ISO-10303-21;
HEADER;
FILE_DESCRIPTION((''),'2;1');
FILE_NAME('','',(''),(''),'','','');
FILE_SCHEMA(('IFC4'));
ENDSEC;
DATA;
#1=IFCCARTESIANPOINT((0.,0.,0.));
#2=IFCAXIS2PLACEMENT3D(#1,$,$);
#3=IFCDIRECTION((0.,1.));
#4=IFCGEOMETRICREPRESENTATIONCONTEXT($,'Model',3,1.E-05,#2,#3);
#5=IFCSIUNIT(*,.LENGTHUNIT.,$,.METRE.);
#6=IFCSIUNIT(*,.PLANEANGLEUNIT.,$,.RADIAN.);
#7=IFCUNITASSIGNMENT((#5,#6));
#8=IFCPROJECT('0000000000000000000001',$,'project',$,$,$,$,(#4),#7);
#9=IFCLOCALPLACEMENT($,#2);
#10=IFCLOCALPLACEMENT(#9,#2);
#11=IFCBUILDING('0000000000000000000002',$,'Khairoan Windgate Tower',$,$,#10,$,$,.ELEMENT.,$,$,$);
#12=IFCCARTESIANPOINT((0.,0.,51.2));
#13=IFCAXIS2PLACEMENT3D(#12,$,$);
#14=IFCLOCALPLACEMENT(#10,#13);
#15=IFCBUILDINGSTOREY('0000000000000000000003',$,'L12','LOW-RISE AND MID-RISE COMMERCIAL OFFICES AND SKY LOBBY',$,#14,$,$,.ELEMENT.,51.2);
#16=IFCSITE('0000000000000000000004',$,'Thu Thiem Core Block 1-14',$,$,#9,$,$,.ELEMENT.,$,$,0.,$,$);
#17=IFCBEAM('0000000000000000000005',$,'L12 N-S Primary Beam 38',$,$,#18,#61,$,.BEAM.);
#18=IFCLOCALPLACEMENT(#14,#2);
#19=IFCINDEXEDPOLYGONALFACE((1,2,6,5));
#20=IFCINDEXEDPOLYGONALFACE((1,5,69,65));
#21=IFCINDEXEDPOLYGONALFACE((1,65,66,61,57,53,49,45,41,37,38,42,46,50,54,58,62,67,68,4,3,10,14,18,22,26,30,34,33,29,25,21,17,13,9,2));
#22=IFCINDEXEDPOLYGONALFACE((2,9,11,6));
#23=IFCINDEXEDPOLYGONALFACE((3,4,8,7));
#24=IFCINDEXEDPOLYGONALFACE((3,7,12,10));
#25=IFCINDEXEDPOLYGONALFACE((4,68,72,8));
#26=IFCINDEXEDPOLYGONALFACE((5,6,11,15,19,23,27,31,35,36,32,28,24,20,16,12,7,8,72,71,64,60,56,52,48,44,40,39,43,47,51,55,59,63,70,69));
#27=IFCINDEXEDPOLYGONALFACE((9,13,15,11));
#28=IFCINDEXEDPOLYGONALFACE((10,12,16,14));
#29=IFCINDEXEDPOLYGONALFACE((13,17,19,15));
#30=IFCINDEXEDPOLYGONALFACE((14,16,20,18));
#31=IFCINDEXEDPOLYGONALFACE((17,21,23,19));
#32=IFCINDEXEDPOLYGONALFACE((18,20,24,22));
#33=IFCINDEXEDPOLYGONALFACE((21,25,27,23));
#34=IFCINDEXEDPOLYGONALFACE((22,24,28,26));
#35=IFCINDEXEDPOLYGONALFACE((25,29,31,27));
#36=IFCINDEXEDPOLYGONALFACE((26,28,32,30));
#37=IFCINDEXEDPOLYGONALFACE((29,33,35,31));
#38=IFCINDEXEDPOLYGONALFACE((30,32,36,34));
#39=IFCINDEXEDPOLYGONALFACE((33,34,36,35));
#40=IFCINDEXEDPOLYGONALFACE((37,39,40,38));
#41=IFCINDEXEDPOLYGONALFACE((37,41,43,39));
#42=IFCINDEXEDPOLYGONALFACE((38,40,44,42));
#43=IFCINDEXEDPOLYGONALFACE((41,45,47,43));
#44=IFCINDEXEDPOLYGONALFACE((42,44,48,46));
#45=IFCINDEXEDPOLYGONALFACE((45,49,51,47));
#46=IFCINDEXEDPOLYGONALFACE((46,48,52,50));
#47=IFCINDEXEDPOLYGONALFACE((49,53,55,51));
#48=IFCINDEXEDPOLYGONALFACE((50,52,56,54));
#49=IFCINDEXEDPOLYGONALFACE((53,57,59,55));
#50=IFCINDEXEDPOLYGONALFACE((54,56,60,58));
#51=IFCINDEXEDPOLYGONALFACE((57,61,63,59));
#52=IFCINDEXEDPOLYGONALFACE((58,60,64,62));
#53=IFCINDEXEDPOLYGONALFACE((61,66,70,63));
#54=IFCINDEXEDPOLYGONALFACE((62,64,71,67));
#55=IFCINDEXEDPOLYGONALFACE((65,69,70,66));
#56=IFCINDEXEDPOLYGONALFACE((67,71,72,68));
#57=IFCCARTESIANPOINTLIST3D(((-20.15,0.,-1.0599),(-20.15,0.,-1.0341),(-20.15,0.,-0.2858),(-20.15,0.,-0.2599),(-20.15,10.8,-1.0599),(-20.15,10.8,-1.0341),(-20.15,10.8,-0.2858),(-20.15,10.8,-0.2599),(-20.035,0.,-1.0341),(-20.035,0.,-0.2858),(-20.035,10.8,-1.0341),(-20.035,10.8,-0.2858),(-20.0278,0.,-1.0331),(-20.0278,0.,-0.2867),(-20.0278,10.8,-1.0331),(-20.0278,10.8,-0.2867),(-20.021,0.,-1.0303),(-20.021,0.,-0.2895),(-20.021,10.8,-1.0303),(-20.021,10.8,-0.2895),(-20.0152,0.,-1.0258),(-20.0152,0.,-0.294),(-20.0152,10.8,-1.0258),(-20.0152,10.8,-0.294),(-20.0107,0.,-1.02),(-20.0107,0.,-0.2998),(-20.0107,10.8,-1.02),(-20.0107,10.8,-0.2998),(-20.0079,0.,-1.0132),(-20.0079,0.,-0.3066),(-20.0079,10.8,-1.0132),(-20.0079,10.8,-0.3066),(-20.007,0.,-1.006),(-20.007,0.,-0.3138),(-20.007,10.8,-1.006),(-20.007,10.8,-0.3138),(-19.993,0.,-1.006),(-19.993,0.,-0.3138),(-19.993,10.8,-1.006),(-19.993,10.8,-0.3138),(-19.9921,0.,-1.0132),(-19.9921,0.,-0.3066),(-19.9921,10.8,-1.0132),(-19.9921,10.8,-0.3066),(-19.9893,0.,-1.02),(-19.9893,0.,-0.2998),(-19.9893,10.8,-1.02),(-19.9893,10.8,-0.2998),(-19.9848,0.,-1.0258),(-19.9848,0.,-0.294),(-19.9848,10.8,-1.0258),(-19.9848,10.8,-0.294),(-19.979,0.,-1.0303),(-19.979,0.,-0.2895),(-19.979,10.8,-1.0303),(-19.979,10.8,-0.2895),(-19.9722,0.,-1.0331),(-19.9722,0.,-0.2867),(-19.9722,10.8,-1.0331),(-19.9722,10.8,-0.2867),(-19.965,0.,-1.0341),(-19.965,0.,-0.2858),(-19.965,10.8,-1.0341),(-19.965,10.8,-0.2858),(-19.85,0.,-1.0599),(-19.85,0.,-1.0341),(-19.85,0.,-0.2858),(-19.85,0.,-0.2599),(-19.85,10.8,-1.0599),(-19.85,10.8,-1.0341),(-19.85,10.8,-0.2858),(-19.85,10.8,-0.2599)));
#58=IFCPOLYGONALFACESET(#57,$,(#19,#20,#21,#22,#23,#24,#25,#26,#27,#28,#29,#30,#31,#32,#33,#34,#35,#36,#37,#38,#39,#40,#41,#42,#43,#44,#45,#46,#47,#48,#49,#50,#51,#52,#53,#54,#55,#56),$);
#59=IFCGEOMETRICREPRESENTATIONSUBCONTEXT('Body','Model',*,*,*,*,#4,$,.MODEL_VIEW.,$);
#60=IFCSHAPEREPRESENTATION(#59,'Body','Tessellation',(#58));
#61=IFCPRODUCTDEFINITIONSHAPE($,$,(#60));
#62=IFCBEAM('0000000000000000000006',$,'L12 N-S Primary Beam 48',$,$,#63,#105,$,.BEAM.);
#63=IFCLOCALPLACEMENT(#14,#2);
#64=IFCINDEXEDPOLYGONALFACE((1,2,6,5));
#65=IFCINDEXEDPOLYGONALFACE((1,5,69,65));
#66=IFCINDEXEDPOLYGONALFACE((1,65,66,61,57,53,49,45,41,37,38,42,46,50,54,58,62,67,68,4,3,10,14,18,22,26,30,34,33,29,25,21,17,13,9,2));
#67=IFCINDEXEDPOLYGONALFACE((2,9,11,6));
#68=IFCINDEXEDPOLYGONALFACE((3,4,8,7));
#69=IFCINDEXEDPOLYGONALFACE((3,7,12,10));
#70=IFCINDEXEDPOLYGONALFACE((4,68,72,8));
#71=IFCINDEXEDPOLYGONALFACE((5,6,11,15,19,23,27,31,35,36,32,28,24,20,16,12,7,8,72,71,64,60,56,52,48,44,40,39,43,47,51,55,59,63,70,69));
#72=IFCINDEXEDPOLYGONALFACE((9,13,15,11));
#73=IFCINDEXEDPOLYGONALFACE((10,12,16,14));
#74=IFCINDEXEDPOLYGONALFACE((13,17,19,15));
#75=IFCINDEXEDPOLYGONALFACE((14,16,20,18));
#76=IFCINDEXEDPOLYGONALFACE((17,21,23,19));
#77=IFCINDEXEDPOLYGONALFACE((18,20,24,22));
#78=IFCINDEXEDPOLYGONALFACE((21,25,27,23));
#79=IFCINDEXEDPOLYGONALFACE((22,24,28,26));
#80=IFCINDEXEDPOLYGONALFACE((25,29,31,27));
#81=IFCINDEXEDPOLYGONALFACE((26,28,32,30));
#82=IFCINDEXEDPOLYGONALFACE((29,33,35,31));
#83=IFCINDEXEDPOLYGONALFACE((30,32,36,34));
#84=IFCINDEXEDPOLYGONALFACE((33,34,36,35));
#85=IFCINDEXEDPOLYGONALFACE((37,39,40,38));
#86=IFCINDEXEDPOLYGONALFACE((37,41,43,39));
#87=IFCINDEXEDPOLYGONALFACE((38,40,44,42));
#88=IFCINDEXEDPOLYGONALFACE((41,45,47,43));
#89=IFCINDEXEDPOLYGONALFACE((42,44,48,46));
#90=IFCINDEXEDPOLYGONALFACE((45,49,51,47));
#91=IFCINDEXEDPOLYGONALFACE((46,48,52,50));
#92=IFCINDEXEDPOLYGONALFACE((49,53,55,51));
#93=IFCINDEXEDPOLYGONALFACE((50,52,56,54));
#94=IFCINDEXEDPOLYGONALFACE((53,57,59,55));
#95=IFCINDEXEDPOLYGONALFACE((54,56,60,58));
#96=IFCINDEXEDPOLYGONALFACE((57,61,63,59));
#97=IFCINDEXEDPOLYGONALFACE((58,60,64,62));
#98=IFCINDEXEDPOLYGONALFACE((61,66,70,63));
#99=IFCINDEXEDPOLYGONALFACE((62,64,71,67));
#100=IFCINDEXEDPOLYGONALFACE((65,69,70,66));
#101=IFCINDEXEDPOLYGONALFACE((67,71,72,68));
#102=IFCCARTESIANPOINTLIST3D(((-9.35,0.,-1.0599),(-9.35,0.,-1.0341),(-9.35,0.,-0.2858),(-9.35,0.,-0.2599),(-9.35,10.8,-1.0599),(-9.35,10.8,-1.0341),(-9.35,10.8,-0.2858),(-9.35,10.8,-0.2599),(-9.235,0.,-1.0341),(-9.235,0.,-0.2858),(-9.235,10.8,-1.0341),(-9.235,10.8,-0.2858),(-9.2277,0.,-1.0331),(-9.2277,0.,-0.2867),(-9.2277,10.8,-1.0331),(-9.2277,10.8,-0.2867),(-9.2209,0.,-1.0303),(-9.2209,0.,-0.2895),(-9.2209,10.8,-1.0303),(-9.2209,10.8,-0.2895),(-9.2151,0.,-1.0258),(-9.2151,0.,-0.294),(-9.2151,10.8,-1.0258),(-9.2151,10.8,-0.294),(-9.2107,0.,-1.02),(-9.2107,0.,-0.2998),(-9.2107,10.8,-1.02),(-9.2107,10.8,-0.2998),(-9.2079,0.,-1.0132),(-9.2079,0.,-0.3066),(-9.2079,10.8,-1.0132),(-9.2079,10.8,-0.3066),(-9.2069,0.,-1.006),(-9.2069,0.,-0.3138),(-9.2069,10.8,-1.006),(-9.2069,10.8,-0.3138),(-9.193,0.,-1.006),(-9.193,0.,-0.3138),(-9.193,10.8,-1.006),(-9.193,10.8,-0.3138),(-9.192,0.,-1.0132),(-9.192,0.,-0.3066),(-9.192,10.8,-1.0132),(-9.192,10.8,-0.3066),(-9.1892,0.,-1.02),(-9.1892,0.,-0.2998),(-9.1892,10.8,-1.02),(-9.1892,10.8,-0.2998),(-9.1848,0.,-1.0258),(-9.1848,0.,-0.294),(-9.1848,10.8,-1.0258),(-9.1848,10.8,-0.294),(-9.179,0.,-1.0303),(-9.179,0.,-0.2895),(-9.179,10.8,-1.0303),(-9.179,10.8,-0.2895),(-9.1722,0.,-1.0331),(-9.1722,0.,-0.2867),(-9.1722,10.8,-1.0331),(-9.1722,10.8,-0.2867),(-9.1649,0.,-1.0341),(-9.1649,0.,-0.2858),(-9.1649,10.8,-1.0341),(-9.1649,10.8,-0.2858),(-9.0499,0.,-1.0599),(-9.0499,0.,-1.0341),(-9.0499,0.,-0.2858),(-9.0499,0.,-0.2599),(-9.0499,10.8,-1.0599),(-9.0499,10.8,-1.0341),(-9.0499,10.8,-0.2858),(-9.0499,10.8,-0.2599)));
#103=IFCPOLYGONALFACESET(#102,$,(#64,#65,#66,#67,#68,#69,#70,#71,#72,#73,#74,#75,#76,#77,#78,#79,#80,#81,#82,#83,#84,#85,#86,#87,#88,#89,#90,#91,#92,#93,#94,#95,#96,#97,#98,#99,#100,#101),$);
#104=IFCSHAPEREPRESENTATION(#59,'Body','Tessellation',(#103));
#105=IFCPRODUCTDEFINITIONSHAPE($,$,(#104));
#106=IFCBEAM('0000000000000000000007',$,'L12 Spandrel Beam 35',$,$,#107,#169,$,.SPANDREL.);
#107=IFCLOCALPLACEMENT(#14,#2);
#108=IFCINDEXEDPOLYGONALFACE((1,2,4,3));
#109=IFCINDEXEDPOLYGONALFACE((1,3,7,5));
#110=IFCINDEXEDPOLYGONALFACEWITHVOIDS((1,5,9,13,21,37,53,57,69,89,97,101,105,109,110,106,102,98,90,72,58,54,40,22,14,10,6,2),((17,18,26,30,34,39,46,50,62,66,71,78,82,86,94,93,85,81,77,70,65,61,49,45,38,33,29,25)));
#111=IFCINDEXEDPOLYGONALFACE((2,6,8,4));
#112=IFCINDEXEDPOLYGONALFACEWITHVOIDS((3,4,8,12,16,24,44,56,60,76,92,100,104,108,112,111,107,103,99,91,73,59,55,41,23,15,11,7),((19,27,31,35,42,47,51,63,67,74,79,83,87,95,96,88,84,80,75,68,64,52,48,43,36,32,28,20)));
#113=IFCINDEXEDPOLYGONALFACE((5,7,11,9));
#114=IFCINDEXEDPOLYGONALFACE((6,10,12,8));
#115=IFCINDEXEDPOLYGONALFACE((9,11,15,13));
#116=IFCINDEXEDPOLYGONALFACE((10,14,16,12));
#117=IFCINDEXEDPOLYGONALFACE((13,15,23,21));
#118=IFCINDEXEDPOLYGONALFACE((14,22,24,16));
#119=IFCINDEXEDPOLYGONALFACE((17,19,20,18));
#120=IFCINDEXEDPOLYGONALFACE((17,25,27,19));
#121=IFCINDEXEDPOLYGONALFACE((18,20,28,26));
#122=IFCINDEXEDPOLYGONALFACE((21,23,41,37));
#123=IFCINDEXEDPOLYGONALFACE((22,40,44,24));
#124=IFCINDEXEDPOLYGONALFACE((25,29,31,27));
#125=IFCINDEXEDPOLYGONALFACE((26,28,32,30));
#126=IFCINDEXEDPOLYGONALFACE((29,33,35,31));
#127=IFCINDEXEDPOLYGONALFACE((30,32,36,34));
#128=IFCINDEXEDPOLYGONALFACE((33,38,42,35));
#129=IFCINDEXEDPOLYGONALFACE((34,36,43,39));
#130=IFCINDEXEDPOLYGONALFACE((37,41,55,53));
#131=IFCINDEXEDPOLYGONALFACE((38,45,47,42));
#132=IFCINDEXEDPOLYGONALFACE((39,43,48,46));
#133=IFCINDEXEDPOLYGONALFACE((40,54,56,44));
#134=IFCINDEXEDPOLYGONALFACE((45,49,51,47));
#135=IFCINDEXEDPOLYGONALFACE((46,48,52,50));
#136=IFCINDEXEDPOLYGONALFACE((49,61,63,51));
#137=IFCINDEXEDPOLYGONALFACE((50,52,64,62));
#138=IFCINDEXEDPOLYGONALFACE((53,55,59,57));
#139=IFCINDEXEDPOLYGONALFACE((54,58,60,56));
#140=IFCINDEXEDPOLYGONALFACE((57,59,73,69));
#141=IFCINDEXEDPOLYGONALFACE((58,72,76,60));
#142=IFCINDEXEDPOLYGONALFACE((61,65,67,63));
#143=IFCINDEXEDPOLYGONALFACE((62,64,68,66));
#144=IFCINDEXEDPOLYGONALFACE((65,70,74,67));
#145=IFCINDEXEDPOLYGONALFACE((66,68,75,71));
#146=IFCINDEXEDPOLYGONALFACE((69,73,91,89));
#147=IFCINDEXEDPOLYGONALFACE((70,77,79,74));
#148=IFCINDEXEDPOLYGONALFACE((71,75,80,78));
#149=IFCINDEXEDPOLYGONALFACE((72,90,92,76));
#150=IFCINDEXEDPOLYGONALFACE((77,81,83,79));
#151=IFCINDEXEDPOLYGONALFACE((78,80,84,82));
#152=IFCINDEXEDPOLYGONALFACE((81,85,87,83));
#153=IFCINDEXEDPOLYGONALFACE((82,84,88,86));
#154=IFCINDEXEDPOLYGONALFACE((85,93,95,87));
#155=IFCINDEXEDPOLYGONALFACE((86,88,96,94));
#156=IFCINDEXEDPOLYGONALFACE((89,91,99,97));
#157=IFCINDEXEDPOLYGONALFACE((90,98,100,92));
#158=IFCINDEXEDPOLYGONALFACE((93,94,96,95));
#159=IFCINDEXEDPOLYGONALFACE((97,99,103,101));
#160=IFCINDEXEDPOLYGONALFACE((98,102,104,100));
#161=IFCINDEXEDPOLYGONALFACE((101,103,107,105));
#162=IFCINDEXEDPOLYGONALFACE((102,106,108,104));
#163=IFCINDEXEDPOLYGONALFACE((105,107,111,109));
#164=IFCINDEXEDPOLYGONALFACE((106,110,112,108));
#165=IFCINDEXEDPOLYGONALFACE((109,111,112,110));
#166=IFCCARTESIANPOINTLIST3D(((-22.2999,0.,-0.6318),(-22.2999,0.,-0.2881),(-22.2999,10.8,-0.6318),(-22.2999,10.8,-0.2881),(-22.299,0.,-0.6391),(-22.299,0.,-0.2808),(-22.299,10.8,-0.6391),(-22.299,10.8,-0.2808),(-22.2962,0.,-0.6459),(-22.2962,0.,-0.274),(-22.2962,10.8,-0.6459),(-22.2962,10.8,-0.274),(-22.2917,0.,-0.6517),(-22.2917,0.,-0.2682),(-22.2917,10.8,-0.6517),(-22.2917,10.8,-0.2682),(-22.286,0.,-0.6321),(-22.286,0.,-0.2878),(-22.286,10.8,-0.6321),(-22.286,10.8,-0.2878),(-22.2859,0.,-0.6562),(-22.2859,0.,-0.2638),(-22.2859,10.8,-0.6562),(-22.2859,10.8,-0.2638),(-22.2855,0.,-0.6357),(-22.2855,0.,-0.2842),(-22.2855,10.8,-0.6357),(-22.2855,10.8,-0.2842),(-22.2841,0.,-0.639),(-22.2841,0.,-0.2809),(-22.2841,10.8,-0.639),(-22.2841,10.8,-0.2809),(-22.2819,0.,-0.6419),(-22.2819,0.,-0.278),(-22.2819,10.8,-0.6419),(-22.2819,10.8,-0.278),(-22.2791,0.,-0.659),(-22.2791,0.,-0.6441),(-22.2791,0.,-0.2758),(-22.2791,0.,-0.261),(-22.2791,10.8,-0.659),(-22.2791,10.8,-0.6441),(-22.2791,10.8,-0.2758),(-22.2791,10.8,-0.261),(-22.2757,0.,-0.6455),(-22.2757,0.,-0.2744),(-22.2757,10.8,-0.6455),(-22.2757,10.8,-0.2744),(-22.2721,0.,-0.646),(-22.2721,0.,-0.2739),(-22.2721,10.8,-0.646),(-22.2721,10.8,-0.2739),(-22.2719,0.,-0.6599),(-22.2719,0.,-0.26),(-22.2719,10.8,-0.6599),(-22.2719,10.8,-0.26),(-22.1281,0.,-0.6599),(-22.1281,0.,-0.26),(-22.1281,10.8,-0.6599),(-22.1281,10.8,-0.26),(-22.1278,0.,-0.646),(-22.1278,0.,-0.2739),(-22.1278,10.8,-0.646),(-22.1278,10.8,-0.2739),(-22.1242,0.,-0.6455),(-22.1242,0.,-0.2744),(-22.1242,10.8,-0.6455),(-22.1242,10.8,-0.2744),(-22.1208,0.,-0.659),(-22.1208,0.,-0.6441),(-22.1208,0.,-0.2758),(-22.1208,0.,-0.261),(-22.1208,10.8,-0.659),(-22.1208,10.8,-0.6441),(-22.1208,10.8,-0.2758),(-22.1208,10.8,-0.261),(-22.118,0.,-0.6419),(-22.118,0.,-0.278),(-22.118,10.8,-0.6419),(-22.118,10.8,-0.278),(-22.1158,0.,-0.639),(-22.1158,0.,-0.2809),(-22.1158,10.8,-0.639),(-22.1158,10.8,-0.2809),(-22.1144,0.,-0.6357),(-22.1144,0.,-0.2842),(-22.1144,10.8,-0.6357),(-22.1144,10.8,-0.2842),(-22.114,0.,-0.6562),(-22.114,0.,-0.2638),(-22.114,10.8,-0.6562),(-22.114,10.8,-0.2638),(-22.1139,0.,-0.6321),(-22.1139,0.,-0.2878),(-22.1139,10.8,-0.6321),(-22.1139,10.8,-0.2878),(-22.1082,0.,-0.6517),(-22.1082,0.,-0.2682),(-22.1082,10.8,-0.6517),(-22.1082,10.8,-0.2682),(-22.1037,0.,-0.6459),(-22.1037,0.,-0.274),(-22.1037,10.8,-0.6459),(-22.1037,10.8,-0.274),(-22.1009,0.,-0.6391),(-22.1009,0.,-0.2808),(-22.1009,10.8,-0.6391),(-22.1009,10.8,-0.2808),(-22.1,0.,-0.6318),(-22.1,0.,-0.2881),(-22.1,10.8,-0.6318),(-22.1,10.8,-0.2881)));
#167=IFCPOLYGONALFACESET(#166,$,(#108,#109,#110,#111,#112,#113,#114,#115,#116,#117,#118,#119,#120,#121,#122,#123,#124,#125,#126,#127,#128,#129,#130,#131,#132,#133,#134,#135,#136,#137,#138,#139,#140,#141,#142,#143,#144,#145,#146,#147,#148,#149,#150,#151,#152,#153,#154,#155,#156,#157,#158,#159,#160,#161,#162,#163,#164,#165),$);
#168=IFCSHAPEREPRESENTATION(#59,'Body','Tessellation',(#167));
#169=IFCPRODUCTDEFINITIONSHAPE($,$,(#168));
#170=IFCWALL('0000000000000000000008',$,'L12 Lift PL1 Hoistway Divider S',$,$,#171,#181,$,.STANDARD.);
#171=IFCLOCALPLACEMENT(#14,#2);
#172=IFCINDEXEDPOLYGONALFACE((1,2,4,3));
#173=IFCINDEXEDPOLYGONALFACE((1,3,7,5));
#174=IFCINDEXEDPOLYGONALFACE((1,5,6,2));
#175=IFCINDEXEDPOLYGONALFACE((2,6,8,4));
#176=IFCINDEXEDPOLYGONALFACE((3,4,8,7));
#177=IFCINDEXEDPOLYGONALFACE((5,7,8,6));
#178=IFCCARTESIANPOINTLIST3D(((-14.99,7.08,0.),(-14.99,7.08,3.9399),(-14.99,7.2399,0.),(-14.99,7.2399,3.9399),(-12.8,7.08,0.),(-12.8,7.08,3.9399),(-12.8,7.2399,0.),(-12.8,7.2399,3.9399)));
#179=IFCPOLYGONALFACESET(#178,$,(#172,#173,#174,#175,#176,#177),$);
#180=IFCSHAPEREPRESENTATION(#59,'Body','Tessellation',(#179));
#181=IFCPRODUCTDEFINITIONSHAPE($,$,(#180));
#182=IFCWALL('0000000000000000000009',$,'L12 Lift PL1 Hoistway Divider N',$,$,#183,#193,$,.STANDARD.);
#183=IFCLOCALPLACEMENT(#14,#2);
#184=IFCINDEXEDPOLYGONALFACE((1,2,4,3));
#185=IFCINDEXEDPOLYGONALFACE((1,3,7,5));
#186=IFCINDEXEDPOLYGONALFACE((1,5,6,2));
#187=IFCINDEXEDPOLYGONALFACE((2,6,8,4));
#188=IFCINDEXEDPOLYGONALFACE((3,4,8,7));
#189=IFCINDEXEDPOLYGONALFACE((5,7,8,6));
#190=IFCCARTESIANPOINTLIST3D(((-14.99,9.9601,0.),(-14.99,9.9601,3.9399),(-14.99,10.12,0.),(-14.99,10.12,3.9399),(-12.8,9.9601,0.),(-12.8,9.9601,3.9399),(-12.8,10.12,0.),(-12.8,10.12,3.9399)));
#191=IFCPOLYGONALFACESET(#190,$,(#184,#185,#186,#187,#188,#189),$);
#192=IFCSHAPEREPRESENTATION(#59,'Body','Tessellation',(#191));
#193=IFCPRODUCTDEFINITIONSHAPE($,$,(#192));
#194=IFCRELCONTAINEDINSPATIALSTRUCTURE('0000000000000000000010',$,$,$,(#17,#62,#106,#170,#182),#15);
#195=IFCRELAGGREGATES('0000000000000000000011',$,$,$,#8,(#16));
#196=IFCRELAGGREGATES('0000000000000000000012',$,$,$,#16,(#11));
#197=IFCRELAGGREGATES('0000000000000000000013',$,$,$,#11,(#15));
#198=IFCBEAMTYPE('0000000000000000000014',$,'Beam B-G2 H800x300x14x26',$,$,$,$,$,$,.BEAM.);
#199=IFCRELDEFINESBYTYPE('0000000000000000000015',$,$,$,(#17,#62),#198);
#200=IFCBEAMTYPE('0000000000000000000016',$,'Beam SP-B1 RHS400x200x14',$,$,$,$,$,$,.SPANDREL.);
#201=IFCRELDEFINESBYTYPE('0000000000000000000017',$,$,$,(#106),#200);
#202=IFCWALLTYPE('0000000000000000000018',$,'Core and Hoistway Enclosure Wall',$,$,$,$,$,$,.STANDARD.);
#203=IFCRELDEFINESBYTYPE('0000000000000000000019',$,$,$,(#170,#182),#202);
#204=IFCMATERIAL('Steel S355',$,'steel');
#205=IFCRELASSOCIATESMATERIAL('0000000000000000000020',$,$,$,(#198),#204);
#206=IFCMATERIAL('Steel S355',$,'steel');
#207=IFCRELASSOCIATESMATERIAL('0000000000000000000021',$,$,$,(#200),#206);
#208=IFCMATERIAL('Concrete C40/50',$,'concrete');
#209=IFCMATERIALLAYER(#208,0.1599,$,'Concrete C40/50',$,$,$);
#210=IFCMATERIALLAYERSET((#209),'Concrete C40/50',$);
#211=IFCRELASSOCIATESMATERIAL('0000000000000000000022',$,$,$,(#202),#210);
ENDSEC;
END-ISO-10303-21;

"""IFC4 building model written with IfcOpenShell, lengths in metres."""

from ifc_helpers import new_model, si_unit, direction, frame, frame_2d, origin, origin_2d, place, context, subcontext, project, spatial, rectangle, hollow_rectangle, i_section, extrude, material, layer, layer_set, material_profile, profile_set, type_object, element, save


model = new_model("IFC4")

# Units and contexts
model_context = context("Model", 3, precision=1e-05, world=origin(), true_north=direction((0.0, 1.0)))
body_context = subcontext(model_context, "Body", "Model", "MODEL_VIEW")
ifc_project = project(units=[si_unit("LENGTHUNIT", "METRE"), si_unit("PLANEANGLEUNIT", "RADIAN")], contexts=[model_context])

# Site, building, storey
site_placement = place(None, origin())
site = spatial("IfcSite", under=ifc_project, at=site_placement, Name="Thu Thiem Core Block 1-14", CompositionType="ELEMENT", RefElevation=0.0)
building_placement = place(site_placement, origin())
building = spatial("IfcBuilding", under=site, at=building_placement, Name="Khairoan Windgate Tower", CompositionType="ELEMENT")
storey_placement = place(building_placement, frame((0.0, 0.0, 51.2)))
storey = spatial("IfcBuildingStorey", under=building, at=storey_placement, Name="L12", Description="LOW-RISE AND MID-RISE COMMERCIAL OFFICES AND SKY LOBBY", CompositionType="ELEMENT", Elevation=51.2)

# Beams
ifc_material_1 = material(Name="Steel S355", Category="steel")
ifc_material_profile_1 = material_profile(ifc_material_1, i_section(OverallWidth=0.3, OverallDepth=0.8, WebThickness=0.0139, FlangeThickness=0.0259, FilletRadius=0.0281, at=origin_2d()))
ifc_profile_set_1 = profile_set([ifc_material_profile_1], Name="Steel S355")
beam_type_1 = type_object("IfcBeamType", Name="Beam B-G2 H800x300x14x26", PredefinedType="BEAM", material=ifc_profile_set_1)
for number, where, z_axis, x_axis, name in (
    (1, (-20.0, 0.0, -0.6599), (0.0, 1.0, 0.0), (-1.0, 0.0, 0.0), "L12 N-S Primary Beam 38"),
    (2, (-9.2, 0.0, -0.6599), (0.0, 1.0, 0.0), (-1.0, 0.0, 0.0), "L12 N-S Primary Beam 48"),
):
    element("IfcBeam", number, at=place(storey_placement, frame(where, z_axis=z_axis, x_axis=x_axis)), inside=storey, type_object=beam_type_1, Name=name, PredefinedType="BEAM", context=body_context, shape_type="SweptSolid", body=[
        extrude(i_section(OverallWidth=0.3, OverallDepth=0.8, WebThickness=0.0139, FlangeThickness=0.0259, FilletRadius=0.0281, at=origin_2d()), origin(), (0.0, 0.0, 1.0), 10.8),
    ])
ifc_material_2 = material(Name="Steel S355", Category="steel")
ifc_material_profile_2 = material_profile(ifc_material_2, hollow_rectangle(XDim=0.2, YDim=0.3999, WallThickness=0.0139, InnerFilletRadius=0.0139, OuterFilletRadius=0.0281, at=origin_2d()))
ifc_profile_set_2 = profile_set([ifc_material_profile_2], Name="Steel S355")
beam_type_2 = type_object("IfcBeamType", Name="Beam SP-B1 RHS400x200x14", PredefinedType="SPANDREL", material=ifc_profile_set_2)
beam_1_placement = place(storey_placement, frame((-22.2, 0.0, -0.46), z_axis=(0.0, 1.0, 0.0), x_axis=(-1.0, 0.0, 0.0)))
element("IfcBeam", 3, at=beam_1_placement, inside=storey, type_object=beam_type_2, Name="L12 Spandrel Beam 35", PredefinedType="SPANDREL", context=body_context, shape_type="SweptSolid", body=[
    extrude(hollow_rectangle(XDim=0.2, YDim=0.3999, WallThickness=0.0139, InnerFilletRadius=0.0139, OuterFilletRadius=0.0281, at=origin_2d()), origin(), (0.0, 0.0, 1.0), 10.8),
])

# Walls
ifc_material_3 = material(Name="Concrete C40/50", Category="concrete")
ifc_layer_1 = layer(ifc_material_3, 0.1599, Name="Concrete C40/50")
ifc_layer_set_1 = layer_set([ifc_layer_1], Name="Concrete C40/50")
wall_type_1 = type_object("IfcWallType", Name="Core and Hoistway Enclosure Wall", PredefinedType="STANDARD", material=ifc_layer_set_1)
for number, where, z_axis, x_axis, name in (
    (4, (-14.99, 7.1599, 0.0), (0.0, 0.0, 1.0), (1.0, 0.0, 0.0), "L12 Lift PL1 Hoistway Divider S"),
    (5, (-14.99, 10.04, 0.0), (0.0, 0.0, 1.0), (1.0, 0.0, 0.0), "L12 Lift PL1 Hoistway Divider N"),
):
    element("IfcWall", number, at=place(storey_placement, frame(where, z_axis=z_axis, x_axis=x_axis)), inside=storey, type_object=wall_type_1, Name=name, PredefinedType="STANDARD", context=body_context, shape_type="SweptSolid", body=[
        extrude(rectangle(XDim=2.1899, YDim=0.1599, at=frame_2d((1.095, 0.0))), origin(), (0.0, 0.0, 1.0), 3.9399),
    ])

save(model, "model.ifc")
